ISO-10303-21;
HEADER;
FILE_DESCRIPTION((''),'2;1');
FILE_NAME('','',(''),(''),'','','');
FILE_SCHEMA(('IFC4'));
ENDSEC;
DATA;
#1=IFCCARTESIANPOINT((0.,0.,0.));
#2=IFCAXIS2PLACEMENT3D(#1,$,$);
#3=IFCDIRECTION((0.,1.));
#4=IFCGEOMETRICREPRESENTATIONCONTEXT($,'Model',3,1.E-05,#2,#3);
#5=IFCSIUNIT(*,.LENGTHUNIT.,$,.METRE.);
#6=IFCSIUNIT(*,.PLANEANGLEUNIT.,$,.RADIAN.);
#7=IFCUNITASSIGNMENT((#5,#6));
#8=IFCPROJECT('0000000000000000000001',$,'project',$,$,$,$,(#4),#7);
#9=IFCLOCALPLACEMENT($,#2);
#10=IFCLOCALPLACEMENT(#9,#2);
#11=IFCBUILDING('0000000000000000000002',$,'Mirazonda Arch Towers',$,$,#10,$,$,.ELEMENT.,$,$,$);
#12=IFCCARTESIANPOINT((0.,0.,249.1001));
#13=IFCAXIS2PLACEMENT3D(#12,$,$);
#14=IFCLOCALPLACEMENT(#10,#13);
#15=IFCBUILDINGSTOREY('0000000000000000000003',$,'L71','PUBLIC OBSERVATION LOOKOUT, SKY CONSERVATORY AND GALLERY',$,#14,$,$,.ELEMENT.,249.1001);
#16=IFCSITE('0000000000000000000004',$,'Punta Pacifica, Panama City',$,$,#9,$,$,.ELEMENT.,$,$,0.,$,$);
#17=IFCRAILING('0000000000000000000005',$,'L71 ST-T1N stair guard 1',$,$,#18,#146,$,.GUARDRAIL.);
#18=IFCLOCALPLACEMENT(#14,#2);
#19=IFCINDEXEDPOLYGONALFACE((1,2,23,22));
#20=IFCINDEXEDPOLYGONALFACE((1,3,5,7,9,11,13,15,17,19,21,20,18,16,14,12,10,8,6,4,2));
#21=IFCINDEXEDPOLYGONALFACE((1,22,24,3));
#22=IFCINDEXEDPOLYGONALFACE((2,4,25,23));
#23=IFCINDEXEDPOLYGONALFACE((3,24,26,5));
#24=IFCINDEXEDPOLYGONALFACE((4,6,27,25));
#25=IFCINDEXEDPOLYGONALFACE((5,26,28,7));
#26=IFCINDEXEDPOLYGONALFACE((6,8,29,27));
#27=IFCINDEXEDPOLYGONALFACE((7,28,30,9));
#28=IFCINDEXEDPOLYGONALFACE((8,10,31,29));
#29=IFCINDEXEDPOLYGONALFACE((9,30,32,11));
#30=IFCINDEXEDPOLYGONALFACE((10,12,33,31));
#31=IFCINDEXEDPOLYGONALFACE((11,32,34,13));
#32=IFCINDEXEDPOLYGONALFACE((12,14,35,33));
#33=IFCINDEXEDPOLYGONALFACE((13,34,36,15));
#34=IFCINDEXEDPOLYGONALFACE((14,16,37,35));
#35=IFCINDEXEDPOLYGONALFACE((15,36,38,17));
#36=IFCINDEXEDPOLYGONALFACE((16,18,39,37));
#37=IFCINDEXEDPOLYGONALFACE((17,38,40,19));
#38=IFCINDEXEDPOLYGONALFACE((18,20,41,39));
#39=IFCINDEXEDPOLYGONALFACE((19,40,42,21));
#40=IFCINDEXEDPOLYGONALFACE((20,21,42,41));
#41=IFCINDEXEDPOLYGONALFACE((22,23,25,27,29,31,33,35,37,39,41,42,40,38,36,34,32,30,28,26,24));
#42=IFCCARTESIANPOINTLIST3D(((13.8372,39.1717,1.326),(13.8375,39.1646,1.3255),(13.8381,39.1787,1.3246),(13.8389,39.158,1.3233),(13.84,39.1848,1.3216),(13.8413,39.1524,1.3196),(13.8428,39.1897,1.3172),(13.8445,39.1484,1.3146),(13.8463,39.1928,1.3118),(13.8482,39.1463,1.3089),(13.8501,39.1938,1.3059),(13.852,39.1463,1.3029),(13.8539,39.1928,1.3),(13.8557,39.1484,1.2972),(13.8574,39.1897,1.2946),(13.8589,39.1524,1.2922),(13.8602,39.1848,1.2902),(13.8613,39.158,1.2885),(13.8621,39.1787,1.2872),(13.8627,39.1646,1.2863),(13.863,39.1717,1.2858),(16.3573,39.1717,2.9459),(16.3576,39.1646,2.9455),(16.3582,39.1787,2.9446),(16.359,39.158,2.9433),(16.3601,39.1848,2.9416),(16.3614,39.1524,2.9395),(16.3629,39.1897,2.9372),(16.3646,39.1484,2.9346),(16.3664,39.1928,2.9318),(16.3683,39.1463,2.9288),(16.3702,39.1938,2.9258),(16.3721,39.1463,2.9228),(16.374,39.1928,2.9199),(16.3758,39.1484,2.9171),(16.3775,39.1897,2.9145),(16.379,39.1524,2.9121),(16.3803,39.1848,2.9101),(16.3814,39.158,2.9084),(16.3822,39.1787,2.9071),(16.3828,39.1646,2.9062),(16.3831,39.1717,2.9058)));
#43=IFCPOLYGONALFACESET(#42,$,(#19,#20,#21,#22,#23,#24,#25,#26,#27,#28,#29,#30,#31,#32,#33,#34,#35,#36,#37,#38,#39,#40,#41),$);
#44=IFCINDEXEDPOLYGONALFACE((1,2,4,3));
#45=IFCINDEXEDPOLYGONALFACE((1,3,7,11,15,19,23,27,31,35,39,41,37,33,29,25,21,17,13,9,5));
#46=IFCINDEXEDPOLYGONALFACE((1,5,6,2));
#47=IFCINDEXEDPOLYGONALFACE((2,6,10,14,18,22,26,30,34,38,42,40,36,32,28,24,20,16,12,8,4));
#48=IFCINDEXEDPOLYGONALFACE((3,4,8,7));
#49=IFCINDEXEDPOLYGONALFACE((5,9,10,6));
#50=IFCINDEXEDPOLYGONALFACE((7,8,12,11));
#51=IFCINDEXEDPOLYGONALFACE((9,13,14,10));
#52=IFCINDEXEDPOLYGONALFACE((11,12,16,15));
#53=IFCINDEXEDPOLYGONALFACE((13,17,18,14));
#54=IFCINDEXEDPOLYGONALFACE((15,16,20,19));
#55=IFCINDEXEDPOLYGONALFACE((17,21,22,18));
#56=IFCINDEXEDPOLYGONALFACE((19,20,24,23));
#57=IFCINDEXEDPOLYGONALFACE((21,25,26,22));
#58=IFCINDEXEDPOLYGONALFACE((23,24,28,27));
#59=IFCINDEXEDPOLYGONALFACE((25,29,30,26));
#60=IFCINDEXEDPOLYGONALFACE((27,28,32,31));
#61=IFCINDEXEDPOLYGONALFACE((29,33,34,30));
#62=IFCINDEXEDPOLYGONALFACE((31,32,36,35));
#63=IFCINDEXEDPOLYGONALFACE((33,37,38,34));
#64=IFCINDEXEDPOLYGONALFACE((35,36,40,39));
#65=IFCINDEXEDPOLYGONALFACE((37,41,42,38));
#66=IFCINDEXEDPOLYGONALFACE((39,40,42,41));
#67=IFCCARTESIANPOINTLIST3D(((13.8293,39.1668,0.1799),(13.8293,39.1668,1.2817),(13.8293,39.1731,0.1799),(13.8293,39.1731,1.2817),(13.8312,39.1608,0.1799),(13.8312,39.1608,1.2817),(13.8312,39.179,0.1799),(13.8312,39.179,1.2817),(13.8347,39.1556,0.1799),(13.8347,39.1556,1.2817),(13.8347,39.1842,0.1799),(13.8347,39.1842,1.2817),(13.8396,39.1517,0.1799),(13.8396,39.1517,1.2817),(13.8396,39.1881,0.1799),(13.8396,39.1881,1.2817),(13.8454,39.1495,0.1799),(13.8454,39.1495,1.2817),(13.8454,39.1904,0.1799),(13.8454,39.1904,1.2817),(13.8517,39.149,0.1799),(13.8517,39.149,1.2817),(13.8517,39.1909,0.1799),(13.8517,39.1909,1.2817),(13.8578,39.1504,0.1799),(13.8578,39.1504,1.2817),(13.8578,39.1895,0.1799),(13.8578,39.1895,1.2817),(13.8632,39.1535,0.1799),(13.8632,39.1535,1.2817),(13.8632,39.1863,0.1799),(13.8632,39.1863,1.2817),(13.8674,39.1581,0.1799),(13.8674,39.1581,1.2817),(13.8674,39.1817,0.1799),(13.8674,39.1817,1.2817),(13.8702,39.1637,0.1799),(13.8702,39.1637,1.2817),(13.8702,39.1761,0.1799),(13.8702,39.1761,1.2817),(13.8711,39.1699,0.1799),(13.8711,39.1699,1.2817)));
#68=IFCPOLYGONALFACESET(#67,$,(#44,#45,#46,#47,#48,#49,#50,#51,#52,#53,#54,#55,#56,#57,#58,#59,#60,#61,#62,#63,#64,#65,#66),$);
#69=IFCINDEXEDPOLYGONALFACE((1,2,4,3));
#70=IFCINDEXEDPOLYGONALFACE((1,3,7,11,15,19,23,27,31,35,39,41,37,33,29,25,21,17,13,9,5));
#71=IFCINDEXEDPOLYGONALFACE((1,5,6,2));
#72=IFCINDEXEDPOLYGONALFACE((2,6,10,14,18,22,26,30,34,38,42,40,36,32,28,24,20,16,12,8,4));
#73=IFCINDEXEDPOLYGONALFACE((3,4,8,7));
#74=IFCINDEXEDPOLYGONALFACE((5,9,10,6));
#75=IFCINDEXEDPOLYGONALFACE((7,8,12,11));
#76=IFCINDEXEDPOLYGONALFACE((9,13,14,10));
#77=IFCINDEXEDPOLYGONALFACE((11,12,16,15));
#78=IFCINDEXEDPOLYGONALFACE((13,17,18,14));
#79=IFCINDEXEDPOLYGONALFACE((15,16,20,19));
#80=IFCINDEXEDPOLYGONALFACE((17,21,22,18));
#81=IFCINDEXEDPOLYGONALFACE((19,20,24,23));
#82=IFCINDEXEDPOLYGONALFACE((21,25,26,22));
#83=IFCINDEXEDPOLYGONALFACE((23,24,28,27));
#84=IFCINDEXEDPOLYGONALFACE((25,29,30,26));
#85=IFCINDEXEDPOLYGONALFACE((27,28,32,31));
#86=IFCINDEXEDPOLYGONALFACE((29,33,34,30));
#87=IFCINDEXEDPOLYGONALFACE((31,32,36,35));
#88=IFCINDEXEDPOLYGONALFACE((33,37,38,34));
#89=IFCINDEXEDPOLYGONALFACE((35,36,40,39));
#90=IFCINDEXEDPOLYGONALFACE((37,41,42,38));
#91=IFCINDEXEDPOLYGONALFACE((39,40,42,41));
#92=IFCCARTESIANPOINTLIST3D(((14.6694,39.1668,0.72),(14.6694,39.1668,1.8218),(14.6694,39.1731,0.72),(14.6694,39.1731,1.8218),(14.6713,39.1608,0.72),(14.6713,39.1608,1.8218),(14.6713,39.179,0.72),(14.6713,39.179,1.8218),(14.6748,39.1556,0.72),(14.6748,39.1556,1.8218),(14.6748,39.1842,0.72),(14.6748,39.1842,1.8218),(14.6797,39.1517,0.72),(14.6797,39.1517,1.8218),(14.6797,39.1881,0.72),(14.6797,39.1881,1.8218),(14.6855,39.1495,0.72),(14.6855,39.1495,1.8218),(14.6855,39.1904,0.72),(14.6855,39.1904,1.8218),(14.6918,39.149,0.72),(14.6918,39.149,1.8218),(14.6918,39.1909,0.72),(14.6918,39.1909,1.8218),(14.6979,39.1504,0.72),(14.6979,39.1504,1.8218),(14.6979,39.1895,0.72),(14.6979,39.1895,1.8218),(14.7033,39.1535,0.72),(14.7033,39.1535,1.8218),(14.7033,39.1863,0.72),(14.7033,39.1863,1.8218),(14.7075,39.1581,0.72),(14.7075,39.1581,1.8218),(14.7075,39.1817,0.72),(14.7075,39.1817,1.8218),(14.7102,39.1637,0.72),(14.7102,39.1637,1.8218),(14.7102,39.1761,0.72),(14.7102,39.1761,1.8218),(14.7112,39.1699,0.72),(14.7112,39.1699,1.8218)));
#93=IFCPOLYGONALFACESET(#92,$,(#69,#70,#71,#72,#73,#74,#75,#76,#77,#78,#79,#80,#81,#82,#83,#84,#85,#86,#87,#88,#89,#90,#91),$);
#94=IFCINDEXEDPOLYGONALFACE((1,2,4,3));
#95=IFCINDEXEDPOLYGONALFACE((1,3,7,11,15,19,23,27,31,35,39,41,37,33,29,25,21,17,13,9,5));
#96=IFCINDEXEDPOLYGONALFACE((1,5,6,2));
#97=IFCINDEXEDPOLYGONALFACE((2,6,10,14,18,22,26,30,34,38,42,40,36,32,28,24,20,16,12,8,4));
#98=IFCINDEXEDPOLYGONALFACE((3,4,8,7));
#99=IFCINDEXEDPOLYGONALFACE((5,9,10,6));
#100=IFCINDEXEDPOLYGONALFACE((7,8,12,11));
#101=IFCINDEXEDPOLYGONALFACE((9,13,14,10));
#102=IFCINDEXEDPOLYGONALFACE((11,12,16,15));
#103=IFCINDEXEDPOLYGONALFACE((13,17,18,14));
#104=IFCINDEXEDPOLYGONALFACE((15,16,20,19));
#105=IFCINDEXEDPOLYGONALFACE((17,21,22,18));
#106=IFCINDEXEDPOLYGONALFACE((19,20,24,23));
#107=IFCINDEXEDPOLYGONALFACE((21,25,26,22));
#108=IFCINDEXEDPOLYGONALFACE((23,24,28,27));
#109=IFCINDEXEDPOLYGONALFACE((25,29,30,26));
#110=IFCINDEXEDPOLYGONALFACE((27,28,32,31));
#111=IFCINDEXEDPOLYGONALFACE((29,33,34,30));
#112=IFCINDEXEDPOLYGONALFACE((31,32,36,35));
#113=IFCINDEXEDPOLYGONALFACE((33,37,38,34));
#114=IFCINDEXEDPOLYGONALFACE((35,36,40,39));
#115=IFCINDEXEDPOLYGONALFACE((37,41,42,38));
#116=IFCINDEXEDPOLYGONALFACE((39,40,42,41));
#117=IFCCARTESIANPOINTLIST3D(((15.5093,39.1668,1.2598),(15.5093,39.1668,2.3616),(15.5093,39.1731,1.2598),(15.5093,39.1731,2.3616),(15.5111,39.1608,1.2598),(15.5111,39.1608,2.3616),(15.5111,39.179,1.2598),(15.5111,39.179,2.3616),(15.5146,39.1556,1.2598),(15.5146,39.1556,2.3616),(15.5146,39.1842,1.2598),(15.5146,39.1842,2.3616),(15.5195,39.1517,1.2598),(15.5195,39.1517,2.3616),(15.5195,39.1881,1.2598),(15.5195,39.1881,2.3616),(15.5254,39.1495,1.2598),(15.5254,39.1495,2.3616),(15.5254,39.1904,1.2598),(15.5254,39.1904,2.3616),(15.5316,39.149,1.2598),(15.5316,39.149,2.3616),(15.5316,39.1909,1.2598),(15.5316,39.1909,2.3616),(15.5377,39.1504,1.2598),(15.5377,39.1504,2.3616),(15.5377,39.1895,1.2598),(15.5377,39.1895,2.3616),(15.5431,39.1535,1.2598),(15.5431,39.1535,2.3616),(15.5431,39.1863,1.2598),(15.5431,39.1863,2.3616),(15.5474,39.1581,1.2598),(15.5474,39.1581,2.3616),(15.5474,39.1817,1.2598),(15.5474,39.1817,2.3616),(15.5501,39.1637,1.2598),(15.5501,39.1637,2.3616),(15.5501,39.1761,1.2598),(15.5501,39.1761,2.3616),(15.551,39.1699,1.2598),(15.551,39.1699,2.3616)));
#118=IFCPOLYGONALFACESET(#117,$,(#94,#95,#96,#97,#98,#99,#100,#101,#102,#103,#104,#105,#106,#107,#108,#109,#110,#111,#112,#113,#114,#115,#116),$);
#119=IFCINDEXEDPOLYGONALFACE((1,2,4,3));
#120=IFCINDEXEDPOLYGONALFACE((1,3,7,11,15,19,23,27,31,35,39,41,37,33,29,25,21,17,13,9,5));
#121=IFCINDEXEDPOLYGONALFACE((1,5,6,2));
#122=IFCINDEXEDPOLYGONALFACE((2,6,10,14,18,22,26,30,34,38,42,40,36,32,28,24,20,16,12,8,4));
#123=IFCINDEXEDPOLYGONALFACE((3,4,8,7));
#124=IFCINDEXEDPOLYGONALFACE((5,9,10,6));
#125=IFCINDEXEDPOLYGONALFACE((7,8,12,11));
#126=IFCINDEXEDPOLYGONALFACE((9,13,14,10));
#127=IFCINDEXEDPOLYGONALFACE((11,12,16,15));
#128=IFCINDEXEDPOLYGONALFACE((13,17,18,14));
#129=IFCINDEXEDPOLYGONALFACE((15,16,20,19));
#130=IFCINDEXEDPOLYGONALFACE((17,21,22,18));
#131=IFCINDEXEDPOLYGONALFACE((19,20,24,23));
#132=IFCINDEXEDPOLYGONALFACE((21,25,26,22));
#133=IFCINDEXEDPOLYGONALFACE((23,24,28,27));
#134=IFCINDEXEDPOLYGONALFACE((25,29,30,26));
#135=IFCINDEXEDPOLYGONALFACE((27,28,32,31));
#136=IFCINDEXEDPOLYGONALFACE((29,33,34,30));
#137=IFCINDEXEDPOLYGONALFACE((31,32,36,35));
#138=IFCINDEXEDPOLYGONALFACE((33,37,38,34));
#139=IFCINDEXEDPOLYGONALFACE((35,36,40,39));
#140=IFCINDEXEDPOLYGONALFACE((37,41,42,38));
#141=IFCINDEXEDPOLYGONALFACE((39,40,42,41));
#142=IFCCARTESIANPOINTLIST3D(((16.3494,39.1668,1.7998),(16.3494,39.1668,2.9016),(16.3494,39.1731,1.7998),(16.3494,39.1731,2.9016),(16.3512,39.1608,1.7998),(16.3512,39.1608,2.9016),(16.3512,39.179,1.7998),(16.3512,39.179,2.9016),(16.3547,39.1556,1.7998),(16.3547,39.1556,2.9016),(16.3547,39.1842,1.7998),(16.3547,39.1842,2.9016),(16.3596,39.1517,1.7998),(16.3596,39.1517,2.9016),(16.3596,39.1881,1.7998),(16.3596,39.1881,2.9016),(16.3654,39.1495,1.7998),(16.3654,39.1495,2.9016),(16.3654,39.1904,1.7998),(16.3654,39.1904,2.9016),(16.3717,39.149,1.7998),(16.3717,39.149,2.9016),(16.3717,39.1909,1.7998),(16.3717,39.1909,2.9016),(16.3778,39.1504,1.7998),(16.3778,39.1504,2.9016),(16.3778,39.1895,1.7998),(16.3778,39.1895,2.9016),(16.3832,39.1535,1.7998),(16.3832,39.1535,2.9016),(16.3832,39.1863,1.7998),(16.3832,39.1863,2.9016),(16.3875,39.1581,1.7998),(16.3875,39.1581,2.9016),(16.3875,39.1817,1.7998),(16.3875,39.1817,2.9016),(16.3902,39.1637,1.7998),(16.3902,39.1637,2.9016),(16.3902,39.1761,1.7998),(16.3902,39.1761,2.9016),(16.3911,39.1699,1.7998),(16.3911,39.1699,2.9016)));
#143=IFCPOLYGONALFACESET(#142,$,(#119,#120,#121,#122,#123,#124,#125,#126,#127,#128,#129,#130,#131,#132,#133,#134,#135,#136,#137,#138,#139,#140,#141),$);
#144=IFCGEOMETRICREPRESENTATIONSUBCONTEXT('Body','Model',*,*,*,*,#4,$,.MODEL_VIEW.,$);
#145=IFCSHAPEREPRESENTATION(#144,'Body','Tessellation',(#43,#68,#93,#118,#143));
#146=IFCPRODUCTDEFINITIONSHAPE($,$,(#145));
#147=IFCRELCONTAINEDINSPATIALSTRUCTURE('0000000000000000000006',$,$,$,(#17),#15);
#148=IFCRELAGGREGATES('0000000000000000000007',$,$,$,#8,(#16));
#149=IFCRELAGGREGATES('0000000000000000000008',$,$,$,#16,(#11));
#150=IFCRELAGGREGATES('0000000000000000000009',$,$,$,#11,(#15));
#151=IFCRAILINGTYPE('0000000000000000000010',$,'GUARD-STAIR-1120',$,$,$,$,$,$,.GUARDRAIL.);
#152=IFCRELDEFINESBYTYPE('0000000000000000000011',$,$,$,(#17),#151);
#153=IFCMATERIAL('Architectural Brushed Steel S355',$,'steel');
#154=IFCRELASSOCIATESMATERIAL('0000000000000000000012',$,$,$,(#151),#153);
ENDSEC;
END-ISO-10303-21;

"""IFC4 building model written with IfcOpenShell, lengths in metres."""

from ifc_helpers import new_model, si_unit, direction, frame, origin, origin_2d, place, context, subcontext, project, spatial, circle, extrude, material, type_object, element, save


model = new_model("IFC4")

# Units and contexts
model_context = context("Model", 3, precision=1e-05, world=origin(), true_north=direction((0.0, 1.0)))
body_context = subcontext(model_context, "Body", "Model", "MODEL_VIEW")
ifc_project = project(units=[si_unit("LENGTHUNIT", "METRE"), si_unit("PLANEANGLEUNIT", "RADIAN")], contexts=[model_context])

# Site, building, storey
site_placement = place(None, origin())
site = spatial("IfcSite", under=ifc_project, at=site_placement, Name="Punta Pacifica, Panama City", CompositionType="ELEMENT", RefElevation=0.0)
building_placement = place(site_placement, origin())
building = spatial("IfcBuilding", under=site, at=building_placement, Name="Mirazonda Arch Towers", CompositionType="ELEMENT")
storey_placement = place(building_placement, frame((0.0, 0.0, 249.1001)))
storey = spatial("IfcBuildingStorey", under=building, at=storey_placement, Name="L71", Description="PUBLIC OBSERVATION LOOKOUT, SKY CONSERVATORY AND GALLERY", CompositionType="ELEMENT", Elevation=249.1001)

# Shared definitions
ifc_material_1 = material(Name="Architectural Brushed Steel S355", Category="steel")

# Railing
railing_type_1 = type_object("IfcRailingType", Name="GUARD-STAIR-1120", PredefinedType="GUARDRAIL", material=ifc_material_1)
railing_1_placement = place(storey_placement, frame((13.8501, 39.1699, 0.1799)))
element("IfcRailing", 1, at=railing_1_placement, inside=storey, type_object=railing_type_1, Name="L71 ST-T1N stair guard 1", PredefinedType="GUARDRAIL", context=body_context, shape_type="SweptSolid", body=[
    extrude(circle(Radius=0.0239, at=origin_2d()), frame((0.0, 0.0, 1.126), z_axis=(0.8412, 0.0, 0.540725), x_axis=(0.0, 1.0, 0.0)), (0.0, 0.0, 1.0), 2.9958),
    extrude(circle(Radius=0.021, at=origin_2d()), origin(), (0.0, 0.0, 1.0), 1.1018),
    extrude(circle(Radius=0.021, at=origin_2d()), frame((0.8401, 0.0, 0.54)), (0.0, 0.0, 1.0), 1.1018),
    extrude(circle(Radius=0.021, at=origin_2d()), frame((1.6799, 0.0, 1.0798)), (0.0, 0.0, 1.0), 1.1018),
    extrude(circle(Radius=0.021, at=origin_2d()), frame((2.52, 0.0, 1.6199)), (0.0, 0.0, 1.0), 1.1018),
])

save(model, "model.ifc")
